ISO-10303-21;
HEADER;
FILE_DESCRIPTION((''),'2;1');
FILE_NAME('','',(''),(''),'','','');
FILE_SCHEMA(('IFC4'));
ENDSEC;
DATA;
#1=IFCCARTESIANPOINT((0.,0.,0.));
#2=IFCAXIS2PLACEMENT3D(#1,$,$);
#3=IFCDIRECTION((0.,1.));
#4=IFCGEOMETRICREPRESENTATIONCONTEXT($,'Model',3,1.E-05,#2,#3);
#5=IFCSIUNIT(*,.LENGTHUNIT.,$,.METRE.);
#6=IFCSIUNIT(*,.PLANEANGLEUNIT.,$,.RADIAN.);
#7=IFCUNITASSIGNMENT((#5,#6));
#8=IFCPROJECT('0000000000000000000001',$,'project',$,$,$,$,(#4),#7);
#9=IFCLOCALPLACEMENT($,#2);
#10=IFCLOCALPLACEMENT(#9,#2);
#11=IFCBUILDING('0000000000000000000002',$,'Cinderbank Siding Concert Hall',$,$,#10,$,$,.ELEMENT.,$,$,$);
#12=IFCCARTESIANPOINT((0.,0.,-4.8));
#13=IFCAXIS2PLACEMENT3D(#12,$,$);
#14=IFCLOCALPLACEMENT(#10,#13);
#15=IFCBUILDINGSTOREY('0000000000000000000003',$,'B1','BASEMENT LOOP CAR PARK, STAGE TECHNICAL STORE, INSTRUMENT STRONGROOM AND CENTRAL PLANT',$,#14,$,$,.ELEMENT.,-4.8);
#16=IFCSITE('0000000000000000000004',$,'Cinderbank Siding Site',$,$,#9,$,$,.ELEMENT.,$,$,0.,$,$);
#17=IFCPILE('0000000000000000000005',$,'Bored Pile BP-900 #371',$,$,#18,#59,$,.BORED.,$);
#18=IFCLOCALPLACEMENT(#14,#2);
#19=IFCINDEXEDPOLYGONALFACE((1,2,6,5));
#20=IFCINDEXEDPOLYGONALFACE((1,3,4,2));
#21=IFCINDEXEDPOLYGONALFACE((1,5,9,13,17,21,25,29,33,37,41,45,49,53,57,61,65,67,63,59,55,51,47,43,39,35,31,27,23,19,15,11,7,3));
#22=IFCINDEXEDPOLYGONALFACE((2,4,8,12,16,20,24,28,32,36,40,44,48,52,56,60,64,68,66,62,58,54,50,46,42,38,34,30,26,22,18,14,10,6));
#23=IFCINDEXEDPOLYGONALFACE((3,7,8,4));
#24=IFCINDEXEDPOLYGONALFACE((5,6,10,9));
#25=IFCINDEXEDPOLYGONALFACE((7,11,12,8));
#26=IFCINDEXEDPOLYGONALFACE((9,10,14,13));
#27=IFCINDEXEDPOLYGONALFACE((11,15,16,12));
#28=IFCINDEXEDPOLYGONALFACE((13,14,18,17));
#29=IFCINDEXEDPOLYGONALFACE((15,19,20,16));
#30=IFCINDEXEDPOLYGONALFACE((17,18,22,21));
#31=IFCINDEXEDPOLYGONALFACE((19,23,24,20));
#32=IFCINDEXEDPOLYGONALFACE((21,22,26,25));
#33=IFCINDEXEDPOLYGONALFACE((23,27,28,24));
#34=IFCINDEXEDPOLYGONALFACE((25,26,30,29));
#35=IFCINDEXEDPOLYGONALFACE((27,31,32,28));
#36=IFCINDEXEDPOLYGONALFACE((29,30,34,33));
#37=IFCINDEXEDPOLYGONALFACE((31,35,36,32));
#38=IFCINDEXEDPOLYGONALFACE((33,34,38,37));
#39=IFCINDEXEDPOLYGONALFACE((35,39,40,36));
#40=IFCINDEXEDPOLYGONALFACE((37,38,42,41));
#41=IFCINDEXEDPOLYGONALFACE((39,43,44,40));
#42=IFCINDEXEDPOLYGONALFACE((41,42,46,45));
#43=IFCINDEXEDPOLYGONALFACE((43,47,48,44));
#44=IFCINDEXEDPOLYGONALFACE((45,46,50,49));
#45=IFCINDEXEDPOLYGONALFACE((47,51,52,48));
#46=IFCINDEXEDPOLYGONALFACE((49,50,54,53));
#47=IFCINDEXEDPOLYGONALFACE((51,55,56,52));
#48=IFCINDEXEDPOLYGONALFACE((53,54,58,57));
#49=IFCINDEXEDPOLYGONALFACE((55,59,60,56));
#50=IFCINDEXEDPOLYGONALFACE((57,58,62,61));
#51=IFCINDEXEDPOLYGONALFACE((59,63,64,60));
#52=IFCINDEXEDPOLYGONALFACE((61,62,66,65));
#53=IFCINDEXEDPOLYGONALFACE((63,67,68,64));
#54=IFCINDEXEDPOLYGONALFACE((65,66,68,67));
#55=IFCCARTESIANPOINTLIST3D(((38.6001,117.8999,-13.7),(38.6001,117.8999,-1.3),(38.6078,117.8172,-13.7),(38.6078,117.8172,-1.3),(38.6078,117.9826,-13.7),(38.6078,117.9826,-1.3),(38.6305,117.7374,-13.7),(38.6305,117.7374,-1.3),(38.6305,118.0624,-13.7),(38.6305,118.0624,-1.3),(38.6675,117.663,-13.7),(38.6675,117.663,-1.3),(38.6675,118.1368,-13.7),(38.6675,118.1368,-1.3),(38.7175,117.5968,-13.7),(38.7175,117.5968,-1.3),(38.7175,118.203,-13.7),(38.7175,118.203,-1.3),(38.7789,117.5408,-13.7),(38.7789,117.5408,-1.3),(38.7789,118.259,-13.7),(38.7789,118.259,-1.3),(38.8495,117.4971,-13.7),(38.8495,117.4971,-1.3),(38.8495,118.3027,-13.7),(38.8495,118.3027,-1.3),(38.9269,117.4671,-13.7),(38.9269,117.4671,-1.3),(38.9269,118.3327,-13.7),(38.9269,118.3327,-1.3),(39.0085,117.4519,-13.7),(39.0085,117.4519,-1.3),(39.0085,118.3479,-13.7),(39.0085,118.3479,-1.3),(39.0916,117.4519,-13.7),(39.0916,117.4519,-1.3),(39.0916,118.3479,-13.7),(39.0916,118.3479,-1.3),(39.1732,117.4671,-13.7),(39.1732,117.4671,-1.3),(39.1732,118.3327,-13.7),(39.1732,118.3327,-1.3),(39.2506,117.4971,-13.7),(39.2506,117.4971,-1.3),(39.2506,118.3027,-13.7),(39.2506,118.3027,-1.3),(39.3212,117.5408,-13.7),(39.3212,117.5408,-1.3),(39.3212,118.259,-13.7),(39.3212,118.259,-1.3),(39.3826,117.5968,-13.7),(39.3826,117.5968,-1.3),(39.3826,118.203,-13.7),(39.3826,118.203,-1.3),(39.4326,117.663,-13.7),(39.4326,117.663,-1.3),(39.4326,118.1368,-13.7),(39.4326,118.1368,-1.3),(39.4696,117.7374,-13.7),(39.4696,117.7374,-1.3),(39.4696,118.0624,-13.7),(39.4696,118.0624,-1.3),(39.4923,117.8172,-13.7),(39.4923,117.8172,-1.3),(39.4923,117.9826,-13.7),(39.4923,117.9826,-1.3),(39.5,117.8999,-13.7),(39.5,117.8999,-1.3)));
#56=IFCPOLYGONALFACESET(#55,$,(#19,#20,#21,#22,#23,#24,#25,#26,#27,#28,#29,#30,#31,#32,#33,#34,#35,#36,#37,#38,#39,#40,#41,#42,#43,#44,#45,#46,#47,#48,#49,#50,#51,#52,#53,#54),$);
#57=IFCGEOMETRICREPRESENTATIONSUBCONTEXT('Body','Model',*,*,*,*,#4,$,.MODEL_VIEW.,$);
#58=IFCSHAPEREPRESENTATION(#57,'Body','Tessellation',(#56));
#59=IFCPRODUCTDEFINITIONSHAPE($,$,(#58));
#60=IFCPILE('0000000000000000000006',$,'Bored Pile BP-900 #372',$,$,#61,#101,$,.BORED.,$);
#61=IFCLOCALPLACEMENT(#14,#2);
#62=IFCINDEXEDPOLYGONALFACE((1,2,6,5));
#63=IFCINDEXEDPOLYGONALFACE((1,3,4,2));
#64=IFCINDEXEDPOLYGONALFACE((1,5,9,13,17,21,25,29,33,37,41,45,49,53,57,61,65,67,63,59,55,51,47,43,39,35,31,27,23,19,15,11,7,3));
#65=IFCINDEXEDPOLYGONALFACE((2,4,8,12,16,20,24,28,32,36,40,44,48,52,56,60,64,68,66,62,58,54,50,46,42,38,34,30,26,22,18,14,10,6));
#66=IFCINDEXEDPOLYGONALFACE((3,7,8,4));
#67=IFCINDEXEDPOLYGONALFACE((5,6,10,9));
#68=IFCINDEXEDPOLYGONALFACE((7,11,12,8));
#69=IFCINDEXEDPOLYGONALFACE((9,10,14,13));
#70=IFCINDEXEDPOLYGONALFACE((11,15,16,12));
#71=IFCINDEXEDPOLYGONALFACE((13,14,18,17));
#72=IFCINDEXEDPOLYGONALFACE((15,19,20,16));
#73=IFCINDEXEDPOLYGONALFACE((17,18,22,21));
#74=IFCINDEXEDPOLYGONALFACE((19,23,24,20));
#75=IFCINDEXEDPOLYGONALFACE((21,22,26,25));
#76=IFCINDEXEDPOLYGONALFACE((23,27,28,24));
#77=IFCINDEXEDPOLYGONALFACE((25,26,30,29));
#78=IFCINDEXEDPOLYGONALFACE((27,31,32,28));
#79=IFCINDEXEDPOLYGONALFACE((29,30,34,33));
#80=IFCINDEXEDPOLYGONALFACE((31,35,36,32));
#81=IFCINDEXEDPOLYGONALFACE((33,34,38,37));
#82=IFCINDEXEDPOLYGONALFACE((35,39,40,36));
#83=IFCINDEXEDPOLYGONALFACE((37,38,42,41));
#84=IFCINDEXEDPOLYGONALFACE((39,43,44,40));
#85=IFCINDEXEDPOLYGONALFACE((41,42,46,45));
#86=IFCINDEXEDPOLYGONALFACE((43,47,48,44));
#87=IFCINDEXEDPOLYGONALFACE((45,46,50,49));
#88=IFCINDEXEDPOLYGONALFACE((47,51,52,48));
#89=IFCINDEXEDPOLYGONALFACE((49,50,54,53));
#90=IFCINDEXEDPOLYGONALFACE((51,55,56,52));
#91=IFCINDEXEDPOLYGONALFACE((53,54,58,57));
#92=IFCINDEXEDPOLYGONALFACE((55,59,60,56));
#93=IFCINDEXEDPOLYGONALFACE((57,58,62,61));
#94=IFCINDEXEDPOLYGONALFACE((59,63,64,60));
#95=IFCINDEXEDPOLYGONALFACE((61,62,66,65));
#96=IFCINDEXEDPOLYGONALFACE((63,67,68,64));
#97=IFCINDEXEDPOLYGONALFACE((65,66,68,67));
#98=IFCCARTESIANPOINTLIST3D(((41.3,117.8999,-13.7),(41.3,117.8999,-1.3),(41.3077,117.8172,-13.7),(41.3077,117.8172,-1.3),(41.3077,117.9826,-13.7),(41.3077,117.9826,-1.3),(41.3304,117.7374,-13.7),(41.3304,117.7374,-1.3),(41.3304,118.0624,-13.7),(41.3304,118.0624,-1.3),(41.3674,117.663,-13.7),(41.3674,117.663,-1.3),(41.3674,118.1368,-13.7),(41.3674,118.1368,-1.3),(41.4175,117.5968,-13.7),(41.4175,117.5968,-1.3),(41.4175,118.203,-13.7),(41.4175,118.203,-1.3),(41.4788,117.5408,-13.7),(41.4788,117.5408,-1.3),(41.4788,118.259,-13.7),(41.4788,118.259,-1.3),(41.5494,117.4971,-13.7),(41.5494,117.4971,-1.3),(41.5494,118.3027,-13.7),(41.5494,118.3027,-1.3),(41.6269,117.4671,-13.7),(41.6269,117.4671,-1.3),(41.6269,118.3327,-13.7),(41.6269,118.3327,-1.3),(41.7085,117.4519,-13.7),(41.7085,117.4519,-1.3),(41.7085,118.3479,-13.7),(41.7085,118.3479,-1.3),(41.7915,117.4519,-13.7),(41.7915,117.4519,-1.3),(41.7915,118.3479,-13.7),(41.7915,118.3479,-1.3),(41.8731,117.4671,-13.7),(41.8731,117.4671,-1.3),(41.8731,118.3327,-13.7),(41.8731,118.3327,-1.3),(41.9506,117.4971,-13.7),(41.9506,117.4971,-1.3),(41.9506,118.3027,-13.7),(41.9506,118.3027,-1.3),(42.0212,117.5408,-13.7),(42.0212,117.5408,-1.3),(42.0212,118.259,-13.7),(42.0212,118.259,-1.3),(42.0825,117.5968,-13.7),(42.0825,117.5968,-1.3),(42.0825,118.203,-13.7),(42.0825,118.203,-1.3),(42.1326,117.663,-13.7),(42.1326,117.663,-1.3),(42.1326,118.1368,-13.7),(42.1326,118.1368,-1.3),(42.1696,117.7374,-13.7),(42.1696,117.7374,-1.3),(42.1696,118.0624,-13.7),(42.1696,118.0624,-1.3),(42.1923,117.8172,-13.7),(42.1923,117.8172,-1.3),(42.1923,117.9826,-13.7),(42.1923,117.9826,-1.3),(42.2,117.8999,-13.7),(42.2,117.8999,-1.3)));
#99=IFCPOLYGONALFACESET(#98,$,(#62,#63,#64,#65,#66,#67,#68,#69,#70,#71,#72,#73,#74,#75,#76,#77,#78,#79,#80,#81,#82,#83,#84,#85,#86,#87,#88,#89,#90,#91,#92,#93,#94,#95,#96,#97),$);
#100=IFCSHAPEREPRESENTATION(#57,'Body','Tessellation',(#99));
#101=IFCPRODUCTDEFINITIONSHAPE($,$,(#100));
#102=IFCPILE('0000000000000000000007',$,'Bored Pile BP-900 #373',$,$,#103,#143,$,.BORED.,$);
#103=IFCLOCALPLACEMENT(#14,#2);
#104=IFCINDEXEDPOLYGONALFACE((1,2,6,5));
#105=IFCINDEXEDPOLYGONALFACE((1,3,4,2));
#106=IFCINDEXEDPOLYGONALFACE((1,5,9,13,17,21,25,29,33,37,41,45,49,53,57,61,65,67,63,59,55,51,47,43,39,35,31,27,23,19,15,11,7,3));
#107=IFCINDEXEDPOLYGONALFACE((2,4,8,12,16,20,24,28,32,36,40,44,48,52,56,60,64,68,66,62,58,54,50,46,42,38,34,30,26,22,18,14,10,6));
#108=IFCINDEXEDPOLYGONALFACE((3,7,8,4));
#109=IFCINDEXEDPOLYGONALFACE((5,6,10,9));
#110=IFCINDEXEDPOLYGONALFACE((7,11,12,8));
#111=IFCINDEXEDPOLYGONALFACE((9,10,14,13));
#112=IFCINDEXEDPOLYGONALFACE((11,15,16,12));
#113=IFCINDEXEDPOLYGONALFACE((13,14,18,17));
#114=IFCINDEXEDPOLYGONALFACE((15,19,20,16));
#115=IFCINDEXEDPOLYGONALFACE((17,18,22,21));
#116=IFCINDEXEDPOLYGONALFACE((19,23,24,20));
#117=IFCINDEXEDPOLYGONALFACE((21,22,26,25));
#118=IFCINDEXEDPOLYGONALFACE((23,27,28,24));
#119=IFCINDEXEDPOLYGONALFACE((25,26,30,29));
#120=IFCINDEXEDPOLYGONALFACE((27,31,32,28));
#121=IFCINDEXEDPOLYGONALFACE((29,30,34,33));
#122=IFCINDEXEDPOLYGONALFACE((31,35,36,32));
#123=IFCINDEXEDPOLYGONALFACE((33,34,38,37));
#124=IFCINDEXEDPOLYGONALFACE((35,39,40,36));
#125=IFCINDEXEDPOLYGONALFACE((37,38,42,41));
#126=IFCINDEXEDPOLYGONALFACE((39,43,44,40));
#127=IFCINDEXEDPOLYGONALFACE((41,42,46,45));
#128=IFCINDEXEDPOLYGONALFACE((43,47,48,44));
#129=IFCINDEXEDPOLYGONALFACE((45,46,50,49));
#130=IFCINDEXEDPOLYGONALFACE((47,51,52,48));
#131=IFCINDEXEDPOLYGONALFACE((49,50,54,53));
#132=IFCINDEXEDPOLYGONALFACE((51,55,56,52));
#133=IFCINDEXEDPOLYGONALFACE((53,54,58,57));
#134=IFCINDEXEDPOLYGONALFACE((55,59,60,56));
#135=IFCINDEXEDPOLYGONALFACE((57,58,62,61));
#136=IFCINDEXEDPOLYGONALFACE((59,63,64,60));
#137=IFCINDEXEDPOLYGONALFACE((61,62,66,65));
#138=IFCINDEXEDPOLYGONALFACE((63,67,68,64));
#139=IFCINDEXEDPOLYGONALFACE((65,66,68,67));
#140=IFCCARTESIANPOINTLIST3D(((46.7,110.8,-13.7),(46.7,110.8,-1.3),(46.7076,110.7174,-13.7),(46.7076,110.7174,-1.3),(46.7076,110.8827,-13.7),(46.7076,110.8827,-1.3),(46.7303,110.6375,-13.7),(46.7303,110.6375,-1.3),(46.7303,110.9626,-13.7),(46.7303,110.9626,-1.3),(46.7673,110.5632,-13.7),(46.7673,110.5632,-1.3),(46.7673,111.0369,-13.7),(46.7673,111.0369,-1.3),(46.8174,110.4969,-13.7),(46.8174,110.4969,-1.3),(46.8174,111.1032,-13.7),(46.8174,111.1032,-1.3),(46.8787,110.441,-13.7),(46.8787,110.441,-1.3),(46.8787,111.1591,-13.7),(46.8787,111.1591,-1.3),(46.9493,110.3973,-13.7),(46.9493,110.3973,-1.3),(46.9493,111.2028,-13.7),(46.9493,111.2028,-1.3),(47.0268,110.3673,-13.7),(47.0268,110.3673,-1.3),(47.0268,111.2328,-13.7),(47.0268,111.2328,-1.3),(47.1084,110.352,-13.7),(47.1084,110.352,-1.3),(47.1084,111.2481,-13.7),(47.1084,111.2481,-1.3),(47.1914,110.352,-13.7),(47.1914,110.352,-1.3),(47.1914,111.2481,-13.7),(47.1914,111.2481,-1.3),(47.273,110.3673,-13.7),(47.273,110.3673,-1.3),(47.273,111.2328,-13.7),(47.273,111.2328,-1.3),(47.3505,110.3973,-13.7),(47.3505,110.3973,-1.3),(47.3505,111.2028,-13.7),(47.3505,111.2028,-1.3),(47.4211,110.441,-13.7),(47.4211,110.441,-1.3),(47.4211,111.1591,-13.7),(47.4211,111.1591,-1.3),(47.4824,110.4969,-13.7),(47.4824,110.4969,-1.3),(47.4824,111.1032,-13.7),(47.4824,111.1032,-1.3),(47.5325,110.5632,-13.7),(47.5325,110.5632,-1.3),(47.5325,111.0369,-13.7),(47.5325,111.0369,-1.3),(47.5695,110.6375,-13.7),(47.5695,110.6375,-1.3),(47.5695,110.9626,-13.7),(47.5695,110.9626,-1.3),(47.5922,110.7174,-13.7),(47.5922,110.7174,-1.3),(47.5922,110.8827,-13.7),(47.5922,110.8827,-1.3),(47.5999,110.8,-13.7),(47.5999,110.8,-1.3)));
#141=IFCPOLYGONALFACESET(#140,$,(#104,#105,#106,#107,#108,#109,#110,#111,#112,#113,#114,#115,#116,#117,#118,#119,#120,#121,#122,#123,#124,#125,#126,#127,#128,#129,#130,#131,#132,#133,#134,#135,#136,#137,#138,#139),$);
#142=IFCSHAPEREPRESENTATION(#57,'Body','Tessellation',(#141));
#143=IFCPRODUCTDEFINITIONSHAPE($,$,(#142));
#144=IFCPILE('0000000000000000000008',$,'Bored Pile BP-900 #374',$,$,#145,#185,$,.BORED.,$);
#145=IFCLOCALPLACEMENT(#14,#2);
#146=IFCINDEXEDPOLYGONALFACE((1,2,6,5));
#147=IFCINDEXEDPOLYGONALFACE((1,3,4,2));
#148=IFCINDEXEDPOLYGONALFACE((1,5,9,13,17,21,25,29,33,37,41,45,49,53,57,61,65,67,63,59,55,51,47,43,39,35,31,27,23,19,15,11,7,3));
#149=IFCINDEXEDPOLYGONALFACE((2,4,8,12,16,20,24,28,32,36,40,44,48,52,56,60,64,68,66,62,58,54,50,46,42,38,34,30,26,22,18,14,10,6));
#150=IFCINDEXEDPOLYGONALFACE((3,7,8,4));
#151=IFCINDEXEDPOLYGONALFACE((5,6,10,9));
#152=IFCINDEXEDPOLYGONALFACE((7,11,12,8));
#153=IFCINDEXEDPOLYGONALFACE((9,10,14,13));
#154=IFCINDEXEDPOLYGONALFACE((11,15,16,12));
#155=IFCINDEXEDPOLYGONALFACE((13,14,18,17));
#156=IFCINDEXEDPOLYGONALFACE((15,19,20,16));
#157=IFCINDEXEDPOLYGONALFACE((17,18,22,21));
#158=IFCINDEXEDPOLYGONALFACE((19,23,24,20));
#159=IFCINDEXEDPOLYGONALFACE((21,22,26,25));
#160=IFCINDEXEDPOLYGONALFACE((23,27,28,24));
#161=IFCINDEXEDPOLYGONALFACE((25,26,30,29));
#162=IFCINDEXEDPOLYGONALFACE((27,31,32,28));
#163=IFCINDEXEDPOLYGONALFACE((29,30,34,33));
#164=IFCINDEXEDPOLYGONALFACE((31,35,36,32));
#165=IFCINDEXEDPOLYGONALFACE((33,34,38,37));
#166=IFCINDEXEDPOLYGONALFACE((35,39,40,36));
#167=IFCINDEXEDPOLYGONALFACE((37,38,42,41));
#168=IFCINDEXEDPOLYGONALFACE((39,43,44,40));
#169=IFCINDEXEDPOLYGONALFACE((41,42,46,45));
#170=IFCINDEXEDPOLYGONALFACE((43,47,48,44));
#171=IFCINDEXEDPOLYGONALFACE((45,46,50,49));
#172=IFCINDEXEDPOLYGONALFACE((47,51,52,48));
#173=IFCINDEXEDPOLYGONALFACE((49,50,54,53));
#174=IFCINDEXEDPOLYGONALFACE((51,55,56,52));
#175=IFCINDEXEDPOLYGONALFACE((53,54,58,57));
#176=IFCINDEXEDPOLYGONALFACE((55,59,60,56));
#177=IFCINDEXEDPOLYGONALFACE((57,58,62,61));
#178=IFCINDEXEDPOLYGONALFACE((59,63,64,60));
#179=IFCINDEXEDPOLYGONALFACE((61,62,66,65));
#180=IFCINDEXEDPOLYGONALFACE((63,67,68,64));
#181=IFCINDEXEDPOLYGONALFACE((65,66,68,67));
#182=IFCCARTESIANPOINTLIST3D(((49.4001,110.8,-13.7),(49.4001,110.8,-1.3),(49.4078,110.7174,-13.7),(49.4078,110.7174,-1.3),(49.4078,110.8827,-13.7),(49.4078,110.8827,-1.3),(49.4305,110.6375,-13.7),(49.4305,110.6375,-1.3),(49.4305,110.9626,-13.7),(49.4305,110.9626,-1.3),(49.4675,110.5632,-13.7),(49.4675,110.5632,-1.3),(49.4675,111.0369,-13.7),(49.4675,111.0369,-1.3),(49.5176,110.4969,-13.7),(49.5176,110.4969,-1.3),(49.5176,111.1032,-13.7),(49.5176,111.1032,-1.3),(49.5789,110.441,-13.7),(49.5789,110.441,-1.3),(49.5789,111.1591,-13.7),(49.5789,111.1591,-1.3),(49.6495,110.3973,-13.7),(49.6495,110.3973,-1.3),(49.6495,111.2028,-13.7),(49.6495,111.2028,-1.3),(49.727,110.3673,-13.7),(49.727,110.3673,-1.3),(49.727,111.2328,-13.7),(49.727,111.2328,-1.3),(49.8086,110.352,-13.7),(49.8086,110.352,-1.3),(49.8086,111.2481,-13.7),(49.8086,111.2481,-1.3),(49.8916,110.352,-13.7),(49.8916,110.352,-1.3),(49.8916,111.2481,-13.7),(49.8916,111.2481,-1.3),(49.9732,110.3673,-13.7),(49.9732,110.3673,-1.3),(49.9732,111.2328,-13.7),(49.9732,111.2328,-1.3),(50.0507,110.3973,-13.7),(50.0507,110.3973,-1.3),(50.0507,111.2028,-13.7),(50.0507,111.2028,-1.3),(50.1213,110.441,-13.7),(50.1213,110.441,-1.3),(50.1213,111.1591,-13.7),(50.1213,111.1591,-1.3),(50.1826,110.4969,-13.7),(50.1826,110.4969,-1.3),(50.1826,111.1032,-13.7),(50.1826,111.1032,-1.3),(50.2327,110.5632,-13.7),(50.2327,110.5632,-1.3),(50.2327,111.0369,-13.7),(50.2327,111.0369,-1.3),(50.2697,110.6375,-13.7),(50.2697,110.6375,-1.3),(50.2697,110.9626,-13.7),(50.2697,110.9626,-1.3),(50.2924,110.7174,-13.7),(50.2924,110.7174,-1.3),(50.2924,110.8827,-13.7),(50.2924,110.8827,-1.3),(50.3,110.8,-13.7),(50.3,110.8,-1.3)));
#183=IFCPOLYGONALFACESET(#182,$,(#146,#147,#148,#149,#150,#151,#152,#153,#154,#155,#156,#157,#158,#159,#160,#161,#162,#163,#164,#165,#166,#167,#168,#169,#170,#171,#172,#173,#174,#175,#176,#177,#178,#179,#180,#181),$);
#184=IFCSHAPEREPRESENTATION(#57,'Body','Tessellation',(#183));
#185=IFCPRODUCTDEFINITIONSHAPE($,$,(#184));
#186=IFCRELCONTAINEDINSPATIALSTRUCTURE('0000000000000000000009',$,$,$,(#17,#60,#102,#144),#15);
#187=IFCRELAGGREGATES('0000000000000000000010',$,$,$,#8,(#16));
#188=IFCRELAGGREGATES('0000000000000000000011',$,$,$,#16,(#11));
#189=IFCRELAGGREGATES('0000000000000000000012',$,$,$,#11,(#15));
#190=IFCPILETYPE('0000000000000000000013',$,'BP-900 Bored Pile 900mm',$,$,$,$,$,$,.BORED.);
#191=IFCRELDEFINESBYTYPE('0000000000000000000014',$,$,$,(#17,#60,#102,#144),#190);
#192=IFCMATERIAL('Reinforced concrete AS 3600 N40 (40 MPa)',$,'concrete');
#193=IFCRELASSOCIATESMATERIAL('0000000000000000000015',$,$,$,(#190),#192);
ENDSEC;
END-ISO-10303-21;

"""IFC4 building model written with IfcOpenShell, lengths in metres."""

from ifc_helpers import new_model, si_unit, direction, frame, origin, origin_2d, place, context, subcontext, project, spatial, circle, extrude, material, material_profile, profile_set, type_object, element, save


model = new_model("IFC4")

# Units and contexts
model_context = context("Model", 3, precision=1e-05, world=origin(), true_north=direction((0.0, 1.0)))
body_context = subcontext(model_context, "Body", "Model", "MODEL_VIEW")
ifc_project = project(units=[si_unit("LENGTHUNIT", "METRE"), si_unit("PLANEANGLEUNIT", "RADIAN")], contexts=[model_context])

# Site, building, storey
site_placement = place(None, origin())
site = spatial("IfcSite", under=ifc_project, at=site_placement, Name="Cinderbank Siding Site", CompositionType="ELEMENT", RefElevation=0.0)
building_placement = place(site_placement, origin())
building = spatial("IfcBuilding", under=site, at=building_placement, Name="Cinderbank Siding Concert Hall", CompositionType="ELEMENT")
storey_placement = place(building_placement, frame((0.0, 0.0, -4.8)))
storey = spatial("IfcBuildingStorey", under=building, at=storey_placement, Name="B1", Description="BASEMENT LOOP CAR PARK, STAGE TECHNICAL STORE, INSTRUMENT STRONGROOM AND CENTRAL PLANT", CompositionType="ELEMENT", Elevation=-4.8)

# Piles
ifc_material_1 = material(Name="Reinforced concrete AS 3600 N40 (40 MPa)", Category="concrete")
ifc_material_profile_1 = material_profile(ifc_material_1, circle(Radius=0.45, at=origin_2d()), Name="PILE-900DIA", Category="LoadBearing")
ifc_profile_set_1 = profile_set([ifc_material_profile_1], Name="Reinforced concrete AS 3600 N40 (40 MPa)")
pile_type = type_object("IfcPileType", Name="BP-900 Bored Pile 900mm", PredefinedType="BORED", material=ifc_profile_set_1)
for number, where, z_axis, x_axis, name in (
    (1, (39.05, 117.8999, -1.3), (0.0, 0.0, -1.0), (1.0, 0.0, 0.0), "Bored Pile BP-900 #371"),
    (2, (41.75, 117.8999, -1.3), (0.0, 0.0, -1.0), (1.0, 0.0, 0.0), "Bored Pile BP-900 #372"),
    (3, (47.1499, 110.8, -1.3), (0.0, 0.0, -1.0), (1.0, 0.0, 0.0), "Bored Pile BP-900 #373"),
    (4, (49.8501, 110.8, -1.3), (0.0, 0.0, -1.0), (1.0, 0.0, 0.0), "Bored Pile BP-900 #374"),
):
    element("IfcPile", number, at=place(storey_placement, frame(where, z_axis=z_axis, x_axis=x_axis)), inside=storey, type_object=pile_type, Name=name, PredefinedType="BORED", context=body_context, shape_type="SweptSolid", body=[
        extrude(circle(Radius=0.45, at=origin_2d()), origin(), (0.0, 0.0, 1.0), 12.3999),
    ])

save(model, "model.ifc")
